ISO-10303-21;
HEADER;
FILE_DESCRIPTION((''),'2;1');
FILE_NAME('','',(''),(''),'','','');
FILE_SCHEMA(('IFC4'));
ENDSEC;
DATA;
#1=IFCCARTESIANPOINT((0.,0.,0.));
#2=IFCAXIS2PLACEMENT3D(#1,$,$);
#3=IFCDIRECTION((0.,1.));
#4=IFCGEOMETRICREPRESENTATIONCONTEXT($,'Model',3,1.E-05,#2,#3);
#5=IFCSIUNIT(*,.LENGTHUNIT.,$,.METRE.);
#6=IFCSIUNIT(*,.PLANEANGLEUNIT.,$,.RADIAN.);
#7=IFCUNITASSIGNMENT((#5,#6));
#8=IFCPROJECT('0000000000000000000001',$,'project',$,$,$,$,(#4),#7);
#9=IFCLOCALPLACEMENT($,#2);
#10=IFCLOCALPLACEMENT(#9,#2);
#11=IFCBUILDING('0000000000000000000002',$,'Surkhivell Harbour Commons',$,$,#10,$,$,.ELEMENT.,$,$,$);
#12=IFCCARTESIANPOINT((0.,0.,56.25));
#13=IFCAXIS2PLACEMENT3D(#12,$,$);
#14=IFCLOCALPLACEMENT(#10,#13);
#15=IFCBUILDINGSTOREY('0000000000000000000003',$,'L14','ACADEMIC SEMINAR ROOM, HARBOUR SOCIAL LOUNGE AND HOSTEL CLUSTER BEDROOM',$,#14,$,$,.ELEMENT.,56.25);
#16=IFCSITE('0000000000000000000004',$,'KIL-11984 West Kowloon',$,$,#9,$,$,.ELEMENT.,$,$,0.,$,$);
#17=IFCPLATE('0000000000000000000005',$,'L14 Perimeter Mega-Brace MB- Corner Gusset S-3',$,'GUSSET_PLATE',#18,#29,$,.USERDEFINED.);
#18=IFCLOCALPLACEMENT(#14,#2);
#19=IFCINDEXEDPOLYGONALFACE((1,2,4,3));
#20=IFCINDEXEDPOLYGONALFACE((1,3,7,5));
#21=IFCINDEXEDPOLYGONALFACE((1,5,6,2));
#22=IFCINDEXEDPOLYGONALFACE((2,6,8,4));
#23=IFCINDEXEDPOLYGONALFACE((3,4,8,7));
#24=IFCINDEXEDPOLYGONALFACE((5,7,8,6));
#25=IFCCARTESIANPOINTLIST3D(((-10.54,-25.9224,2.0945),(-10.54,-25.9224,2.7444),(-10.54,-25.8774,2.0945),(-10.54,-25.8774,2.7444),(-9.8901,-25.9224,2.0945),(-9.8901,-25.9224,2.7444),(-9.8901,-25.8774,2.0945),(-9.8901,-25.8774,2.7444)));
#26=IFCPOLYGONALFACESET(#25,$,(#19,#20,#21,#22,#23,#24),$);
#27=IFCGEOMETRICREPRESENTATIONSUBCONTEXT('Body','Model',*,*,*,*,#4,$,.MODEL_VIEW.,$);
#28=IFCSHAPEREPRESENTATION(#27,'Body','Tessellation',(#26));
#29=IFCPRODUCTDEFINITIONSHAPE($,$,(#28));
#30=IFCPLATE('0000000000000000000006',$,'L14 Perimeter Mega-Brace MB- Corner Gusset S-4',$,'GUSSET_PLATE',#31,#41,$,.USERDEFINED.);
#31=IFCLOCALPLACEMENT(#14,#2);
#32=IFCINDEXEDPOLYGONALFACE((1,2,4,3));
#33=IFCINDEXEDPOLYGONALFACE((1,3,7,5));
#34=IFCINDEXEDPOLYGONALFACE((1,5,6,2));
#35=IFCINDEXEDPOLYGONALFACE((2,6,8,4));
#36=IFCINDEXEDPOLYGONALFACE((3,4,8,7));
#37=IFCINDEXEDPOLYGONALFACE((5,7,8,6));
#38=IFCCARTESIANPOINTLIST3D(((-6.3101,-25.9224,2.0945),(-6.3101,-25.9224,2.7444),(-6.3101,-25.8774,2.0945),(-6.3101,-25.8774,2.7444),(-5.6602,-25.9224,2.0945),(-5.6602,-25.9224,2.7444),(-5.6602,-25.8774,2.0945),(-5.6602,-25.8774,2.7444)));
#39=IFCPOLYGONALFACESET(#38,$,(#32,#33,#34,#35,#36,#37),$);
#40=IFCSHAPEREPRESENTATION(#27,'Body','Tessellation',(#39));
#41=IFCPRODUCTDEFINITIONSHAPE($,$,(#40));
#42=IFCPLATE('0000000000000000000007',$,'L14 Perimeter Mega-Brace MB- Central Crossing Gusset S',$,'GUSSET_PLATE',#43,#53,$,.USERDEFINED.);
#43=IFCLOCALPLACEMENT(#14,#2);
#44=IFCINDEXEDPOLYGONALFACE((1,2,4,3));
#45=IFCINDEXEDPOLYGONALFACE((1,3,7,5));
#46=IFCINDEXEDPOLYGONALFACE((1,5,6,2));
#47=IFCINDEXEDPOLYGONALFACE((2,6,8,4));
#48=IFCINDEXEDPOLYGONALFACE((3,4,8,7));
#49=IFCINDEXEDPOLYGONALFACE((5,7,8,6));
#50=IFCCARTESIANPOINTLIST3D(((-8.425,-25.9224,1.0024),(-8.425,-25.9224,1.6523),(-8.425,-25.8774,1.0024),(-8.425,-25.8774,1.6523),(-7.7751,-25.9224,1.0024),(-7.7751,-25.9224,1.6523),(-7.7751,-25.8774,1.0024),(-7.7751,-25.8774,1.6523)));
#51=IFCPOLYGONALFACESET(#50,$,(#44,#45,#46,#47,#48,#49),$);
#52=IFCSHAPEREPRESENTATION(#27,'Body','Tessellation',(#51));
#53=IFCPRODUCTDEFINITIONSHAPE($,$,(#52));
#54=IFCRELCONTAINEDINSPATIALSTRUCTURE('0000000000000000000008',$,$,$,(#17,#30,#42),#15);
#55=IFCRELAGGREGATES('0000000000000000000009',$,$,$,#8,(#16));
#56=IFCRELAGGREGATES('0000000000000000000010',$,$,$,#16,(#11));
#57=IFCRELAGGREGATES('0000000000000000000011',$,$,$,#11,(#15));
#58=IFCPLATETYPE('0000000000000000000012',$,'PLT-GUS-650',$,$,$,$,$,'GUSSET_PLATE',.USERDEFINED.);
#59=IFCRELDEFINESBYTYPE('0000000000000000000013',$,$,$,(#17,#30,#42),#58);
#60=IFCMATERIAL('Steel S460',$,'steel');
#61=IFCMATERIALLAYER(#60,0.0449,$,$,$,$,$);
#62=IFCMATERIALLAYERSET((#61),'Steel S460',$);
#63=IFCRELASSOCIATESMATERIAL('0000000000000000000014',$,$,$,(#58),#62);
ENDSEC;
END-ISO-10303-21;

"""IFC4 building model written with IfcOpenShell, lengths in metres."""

from ifc_helpers import new_model, si_unit, direction, frame, origin, origin_2d, place, context, subcontext, project, spatial, rectangle, extrude, material, layer, layer_set, type_object, element, save


model = new_model("IFC4")

# Units and contexts
model_context = context("Model", 3, precision=1e-05, world=origin(), true_north=direction((0.0, 1.0)))
body_context = subcontext(model_context, "Body", "Model", "MODEL_VIEW")
ifc_project = project(units=[si_unit("LENGTHUNIT", "METRE"), si_unit("PLANEANGLEUNIT", "RADIAN")], contexts=[model_context])

# Site, building, storey
site_placement = place(None, origin())
site = spatial("IfcSite", under=ifc_project, at=site_placement, Name="KIL-11984 West Kowloon", CompositionType="ELEMENT", RefElevation=0.0)
building_placement = place(site_placement, origin())
building = spatial("IfcBuilding", under=site, at=building_placement, Name="Surkhivell Harbour Commons", CompositionType="ELEMENT")
storey_placement = place(building_placement, frame((0.0, 0.0, 56.25)))
storey = spatial("IfcBuildingStorey", under=building, at=storey_placement, Name="L14", Description="ACADEMIC SEMINAR ROOM, HARBOUR SOCIAL LOUNGE AND HOSTEL CLUSTER BEDROOM", CompositionType="ELEMENT", Elevation=56.25)

# Shared definitions
ifc_material_1 = material(Name="Steel S460", Category="steel")

# Plates
ifc_layer_1 = layer(ifc_material_1, 0.0449)
ifc_layer_set_1 = layer_set([ifc_layer_1], Name="Steel S460")
plate_type_1 = type_object("IfcPlateType", Name="PLT-GUS-650", ElementType="GUSSET_PLATE", PredefinedType="USERDEFINED", material=ifc_layer_set_1)
for number, where, z_axis, x_axis, name in (
    (1, (-10.2151, -25.8999, 2.0945), (0.0, 0.0, 1.0), (1.0, 0.0, 0.0), "L14 Perimeter Mega-Brace MB- Corner Gusset S-3"),
    (2, (-5.9851, -25.8999, 2.0945), (0.0, 0.0, 1.0), (1.0, 0.0, 0.0), "L14 Perimeter Mega-Brace MB- Corner Gusset S-4"),
    (3, (-8.1001, -25.8999, 1.0024), (0.0, 0.0, 1.0), (1.0, 0.0, 0.0), "L14 Perimeter Mega-Brace MB- Central Crossing Gusset S"),
):
    element("IfcPlate", number, at=place(storey_placement, frame(where, z_axis=z_axis, x_axis=x_axis)), inside=storey, type_object=plate_type_1, Name=name, ObjectType="GUSSET_PLATE", PredefinedType="USERDEFINED", context=body_context, shape_type="SweptSolid", body=[
        extrude(rectangle(XDim=0.6499, YDim=0.0449, at=origin_2d()), origin(), (0.0, 0.0, 1.0), 0.6499),
    ])

save(model, "model.ifc")
